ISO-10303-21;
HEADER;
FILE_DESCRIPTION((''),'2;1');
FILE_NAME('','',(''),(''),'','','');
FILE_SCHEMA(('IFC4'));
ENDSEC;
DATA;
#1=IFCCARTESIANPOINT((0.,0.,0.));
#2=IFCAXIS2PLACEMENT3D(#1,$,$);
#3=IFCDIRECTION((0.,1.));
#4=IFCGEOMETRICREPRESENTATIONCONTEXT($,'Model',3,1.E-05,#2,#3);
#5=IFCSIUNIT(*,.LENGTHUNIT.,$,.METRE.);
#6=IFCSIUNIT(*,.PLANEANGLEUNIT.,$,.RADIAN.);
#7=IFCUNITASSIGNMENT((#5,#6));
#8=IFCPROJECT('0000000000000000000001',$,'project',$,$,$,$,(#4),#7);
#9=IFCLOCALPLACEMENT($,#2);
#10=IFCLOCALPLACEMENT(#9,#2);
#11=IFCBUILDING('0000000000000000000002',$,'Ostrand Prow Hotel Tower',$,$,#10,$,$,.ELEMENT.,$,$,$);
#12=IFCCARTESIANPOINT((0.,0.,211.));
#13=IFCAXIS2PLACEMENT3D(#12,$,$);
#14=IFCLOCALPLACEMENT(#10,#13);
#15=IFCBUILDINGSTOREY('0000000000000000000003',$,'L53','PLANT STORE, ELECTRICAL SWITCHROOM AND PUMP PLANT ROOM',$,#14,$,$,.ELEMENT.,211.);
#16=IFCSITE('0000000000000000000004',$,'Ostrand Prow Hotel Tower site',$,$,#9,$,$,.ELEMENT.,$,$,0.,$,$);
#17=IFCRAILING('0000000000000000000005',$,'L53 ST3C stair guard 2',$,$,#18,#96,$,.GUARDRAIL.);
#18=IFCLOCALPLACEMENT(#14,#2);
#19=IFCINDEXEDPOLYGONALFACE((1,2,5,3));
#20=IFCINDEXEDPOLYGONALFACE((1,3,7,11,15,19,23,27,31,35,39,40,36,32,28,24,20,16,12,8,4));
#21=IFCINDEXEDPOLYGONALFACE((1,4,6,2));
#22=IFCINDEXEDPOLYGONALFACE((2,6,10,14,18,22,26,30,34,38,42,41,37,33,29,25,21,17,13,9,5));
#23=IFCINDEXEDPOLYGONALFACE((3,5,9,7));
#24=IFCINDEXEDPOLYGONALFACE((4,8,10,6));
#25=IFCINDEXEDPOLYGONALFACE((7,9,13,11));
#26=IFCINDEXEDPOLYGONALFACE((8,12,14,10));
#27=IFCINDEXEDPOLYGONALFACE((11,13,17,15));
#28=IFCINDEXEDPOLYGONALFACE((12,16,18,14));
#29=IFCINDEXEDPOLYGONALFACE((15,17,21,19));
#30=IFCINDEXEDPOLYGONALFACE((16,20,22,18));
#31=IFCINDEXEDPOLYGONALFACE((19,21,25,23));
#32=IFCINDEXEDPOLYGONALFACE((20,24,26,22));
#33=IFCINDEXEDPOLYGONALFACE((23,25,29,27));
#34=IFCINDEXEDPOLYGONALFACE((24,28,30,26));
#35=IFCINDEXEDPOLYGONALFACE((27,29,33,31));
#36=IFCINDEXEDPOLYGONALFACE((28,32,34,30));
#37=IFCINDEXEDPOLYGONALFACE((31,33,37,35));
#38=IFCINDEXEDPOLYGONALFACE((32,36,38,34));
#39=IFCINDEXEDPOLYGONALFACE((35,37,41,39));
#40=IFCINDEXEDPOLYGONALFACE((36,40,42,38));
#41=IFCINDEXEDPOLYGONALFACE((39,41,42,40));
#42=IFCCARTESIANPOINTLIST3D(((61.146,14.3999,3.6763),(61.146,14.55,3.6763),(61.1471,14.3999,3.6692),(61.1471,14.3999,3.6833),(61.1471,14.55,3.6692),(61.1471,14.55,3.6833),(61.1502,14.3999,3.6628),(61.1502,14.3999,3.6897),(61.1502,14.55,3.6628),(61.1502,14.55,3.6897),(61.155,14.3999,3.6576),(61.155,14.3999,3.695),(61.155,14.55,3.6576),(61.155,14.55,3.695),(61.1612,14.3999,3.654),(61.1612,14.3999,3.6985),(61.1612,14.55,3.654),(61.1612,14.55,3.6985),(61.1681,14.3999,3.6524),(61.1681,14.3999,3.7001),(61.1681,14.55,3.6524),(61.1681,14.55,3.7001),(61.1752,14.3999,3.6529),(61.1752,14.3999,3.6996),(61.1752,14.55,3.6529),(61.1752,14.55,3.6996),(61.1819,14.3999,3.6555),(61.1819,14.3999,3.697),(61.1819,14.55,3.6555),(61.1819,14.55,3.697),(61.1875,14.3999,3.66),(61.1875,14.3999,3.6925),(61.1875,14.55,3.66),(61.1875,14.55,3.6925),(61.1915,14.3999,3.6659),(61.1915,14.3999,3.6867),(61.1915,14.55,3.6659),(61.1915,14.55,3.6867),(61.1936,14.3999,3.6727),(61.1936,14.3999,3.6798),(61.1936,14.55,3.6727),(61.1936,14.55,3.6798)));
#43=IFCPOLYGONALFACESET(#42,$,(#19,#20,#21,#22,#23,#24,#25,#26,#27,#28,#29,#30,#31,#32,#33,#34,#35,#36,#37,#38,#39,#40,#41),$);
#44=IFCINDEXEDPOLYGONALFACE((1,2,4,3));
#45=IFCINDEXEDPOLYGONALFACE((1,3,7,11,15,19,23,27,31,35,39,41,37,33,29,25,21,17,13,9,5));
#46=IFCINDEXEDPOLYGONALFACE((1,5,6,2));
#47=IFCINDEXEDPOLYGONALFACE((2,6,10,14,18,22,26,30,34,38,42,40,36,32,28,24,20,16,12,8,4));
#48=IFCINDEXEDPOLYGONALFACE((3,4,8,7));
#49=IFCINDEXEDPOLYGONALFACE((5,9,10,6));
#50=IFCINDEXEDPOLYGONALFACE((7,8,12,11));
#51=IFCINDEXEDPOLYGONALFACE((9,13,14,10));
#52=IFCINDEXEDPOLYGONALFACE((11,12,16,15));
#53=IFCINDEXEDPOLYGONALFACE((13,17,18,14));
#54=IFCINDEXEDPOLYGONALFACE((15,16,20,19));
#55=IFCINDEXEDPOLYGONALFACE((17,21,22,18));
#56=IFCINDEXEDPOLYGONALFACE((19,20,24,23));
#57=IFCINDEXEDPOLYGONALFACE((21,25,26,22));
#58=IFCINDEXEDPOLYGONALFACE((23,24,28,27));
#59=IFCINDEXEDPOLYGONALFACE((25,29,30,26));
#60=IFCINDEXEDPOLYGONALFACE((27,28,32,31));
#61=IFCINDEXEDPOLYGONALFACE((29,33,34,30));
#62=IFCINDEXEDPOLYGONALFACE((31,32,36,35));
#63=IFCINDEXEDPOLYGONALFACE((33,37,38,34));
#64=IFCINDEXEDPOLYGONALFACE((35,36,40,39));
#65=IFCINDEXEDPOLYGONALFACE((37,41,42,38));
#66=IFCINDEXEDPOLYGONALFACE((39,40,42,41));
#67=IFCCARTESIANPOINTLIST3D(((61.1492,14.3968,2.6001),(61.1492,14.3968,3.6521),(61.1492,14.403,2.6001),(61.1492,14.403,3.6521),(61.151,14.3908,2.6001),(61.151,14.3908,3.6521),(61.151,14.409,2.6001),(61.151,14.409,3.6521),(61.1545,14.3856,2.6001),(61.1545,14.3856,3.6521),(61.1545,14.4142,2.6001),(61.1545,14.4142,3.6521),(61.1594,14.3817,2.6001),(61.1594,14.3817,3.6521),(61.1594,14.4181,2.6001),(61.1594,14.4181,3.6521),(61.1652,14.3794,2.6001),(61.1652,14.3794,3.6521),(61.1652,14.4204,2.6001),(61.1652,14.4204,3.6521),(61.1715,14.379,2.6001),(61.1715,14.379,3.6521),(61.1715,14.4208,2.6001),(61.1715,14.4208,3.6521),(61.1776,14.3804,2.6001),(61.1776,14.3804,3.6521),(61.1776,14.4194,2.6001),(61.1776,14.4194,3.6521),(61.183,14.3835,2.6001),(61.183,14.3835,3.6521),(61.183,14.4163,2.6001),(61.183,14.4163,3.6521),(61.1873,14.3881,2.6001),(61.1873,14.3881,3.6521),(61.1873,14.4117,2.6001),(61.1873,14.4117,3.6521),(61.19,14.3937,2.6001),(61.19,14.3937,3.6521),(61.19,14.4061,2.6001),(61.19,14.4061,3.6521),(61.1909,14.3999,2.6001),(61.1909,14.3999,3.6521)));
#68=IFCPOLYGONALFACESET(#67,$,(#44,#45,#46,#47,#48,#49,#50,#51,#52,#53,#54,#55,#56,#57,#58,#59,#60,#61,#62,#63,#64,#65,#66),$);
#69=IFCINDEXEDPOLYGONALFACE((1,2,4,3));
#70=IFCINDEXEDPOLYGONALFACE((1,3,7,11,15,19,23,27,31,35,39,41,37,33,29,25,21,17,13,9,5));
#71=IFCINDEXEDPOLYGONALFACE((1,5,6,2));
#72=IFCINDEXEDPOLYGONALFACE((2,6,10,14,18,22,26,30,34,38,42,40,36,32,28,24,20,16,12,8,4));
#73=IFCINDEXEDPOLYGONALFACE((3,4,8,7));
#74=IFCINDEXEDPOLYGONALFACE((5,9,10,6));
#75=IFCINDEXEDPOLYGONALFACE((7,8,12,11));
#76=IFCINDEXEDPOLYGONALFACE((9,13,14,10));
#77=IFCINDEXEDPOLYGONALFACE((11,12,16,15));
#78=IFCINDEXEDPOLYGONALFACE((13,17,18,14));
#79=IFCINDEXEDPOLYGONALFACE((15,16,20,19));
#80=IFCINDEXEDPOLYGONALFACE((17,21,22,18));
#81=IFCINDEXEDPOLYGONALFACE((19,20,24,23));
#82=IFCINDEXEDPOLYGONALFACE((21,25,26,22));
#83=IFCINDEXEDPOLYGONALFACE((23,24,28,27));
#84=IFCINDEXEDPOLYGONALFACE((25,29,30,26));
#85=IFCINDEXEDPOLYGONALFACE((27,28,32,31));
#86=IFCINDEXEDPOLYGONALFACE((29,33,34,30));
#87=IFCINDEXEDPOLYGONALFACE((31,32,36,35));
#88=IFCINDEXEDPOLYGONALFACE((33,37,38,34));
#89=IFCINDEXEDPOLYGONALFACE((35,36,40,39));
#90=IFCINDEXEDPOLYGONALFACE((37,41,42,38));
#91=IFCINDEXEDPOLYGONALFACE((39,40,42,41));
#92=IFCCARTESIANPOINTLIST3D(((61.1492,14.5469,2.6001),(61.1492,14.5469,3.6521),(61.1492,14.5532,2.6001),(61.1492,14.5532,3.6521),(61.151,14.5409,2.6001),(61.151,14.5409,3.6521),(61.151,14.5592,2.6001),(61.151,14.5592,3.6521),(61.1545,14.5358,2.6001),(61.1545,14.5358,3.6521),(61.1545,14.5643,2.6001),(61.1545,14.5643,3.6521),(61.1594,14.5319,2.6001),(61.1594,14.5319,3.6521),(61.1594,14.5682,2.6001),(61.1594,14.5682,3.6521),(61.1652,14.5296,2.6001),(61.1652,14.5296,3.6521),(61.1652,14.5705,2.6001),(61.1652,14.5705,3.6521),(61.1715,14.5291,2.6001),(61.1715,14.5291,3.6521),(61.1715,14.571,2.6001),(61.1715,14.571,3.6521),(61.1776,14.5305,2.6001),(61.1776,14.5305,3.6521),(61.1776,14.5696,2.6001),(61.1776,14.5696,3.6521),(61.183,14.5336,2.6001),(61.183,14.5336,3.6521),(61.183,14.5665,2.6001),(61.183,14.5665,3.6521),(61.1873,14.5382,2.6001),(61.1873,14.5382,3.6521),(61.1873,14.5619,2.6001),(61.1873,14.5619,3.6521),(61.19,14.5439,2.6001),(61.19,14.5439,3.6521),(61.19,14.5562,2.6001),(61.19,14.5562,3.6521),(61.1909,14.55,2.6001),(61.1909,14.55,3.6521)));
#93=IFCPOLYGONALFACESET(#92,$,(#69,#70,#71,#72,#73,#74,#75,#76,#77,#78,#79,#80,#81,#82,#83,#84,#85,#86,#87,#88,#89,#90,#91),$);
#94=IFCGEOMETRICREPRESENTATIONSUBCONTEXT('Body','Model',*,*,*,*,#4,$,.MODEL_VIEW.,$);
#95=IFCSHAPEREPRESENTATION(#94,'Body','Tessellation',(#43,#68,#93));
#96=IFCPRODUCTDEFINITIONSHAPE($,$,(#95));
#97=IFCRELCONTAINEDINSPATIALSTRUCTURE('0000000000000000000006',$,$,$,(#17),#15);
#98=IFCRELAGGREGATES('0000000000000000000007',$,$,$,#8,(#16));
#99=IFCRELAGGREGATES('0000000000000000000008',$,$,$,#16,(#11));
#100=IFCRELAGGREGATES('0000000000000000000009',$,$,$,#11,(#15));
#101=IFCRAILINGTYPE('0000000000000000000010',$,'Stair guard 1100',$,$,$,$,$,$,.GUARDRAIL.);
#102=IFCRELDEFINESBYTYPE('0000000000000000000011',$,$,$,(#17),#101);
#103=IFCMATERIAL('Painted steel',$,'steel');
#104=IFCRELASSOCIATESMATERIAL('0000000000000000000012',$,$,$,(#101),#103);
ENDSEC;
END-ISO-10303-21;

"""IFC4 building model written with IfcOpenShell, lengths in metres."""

from ifc_helpers import new_model, si_unit, direction, frame, origin, origin_2d, place, context, subcontext, project, spatial, circle, extrude, material, type_object, element, save


model = new_model("IFC4")

# Units and contexts
model_context = context("Model", 3, precision=1e-05, world=origin(), true_north=direction((0.0, 1.0)))
body_context = subcontext(model_context, "Body", "Model", "MODEL_VIEW")
ifc_project = project(units=[si_unit("LENGTHUNIT", "METRE"), si_unit("PLANEANGLEUNIT", "RADIAN")], contexts=[model_context])

# Site, building, storey
site_placement = place(None, origin())
site = spatial("IfcSite", under=ifc_project, at=site_placement, Name="Ostrand Prow Hotel Tower site", CompositionType="ELEMENT", RefElevation=0.0)
building_placement = place(site_placement, origin())
building = spatial("IfcBuilding", under=site, at=building_placement, Name="Ostrand Prow Hotel Tower", CompositionType="ELEMENT")
storey_placement = place(building_placement, frame((0.0, 0.0, 211.0)))
storey = spatial("IfcBuildingStorey", under=building, at=storey_placement, Name="L53", Description="PLANT STORE, ELECTRICAL SWITCHROOM AND PUMP PLANT ROOM", CompositionType="ELEMENT", Elevation=211.0)

# Railing
ifc_material_1 = material(Name="Painted steel", Category="steel")
railing_type_1 = type_object("IfcRailingType", Name="Stair guard 1100", PredefinedType="GUARDRAIL", material=ifc_material_1)
railing_1_placement = place(storey_placement, frame((61.1699, 14.3999, 2.6001)))
element("IfcRailing", 1, at=railing_1_placement, inside=storey, type_object=railing_type_1, Name="L53 ST3C stair guard 2", PredefinedType="GUARDRAIL", context=body_context, shape_type="SweptSolid", body=[
    extrude(circle(Radius=0.0239, at=origin_2d()), frame((0.0, 0.0, 1.0762), z_axis=(0.0, 1.0, 0.0), x_axis=(-1.0, 0.0, 0.0)), (0.0, 0.0, 1.0), 0.1501),
    extrude(circle(Radius=0.021, at=origin_2d()), origin(), (0.0, 0.0, 1.0), 1.052),
    extrude(circle(Radius=0.021, at=origin_2d()), frame((0.0, 0.1501, 0.0)), (0.0, 0.0, 1.0), 1.052),
])

save(model, "model.ifc")
